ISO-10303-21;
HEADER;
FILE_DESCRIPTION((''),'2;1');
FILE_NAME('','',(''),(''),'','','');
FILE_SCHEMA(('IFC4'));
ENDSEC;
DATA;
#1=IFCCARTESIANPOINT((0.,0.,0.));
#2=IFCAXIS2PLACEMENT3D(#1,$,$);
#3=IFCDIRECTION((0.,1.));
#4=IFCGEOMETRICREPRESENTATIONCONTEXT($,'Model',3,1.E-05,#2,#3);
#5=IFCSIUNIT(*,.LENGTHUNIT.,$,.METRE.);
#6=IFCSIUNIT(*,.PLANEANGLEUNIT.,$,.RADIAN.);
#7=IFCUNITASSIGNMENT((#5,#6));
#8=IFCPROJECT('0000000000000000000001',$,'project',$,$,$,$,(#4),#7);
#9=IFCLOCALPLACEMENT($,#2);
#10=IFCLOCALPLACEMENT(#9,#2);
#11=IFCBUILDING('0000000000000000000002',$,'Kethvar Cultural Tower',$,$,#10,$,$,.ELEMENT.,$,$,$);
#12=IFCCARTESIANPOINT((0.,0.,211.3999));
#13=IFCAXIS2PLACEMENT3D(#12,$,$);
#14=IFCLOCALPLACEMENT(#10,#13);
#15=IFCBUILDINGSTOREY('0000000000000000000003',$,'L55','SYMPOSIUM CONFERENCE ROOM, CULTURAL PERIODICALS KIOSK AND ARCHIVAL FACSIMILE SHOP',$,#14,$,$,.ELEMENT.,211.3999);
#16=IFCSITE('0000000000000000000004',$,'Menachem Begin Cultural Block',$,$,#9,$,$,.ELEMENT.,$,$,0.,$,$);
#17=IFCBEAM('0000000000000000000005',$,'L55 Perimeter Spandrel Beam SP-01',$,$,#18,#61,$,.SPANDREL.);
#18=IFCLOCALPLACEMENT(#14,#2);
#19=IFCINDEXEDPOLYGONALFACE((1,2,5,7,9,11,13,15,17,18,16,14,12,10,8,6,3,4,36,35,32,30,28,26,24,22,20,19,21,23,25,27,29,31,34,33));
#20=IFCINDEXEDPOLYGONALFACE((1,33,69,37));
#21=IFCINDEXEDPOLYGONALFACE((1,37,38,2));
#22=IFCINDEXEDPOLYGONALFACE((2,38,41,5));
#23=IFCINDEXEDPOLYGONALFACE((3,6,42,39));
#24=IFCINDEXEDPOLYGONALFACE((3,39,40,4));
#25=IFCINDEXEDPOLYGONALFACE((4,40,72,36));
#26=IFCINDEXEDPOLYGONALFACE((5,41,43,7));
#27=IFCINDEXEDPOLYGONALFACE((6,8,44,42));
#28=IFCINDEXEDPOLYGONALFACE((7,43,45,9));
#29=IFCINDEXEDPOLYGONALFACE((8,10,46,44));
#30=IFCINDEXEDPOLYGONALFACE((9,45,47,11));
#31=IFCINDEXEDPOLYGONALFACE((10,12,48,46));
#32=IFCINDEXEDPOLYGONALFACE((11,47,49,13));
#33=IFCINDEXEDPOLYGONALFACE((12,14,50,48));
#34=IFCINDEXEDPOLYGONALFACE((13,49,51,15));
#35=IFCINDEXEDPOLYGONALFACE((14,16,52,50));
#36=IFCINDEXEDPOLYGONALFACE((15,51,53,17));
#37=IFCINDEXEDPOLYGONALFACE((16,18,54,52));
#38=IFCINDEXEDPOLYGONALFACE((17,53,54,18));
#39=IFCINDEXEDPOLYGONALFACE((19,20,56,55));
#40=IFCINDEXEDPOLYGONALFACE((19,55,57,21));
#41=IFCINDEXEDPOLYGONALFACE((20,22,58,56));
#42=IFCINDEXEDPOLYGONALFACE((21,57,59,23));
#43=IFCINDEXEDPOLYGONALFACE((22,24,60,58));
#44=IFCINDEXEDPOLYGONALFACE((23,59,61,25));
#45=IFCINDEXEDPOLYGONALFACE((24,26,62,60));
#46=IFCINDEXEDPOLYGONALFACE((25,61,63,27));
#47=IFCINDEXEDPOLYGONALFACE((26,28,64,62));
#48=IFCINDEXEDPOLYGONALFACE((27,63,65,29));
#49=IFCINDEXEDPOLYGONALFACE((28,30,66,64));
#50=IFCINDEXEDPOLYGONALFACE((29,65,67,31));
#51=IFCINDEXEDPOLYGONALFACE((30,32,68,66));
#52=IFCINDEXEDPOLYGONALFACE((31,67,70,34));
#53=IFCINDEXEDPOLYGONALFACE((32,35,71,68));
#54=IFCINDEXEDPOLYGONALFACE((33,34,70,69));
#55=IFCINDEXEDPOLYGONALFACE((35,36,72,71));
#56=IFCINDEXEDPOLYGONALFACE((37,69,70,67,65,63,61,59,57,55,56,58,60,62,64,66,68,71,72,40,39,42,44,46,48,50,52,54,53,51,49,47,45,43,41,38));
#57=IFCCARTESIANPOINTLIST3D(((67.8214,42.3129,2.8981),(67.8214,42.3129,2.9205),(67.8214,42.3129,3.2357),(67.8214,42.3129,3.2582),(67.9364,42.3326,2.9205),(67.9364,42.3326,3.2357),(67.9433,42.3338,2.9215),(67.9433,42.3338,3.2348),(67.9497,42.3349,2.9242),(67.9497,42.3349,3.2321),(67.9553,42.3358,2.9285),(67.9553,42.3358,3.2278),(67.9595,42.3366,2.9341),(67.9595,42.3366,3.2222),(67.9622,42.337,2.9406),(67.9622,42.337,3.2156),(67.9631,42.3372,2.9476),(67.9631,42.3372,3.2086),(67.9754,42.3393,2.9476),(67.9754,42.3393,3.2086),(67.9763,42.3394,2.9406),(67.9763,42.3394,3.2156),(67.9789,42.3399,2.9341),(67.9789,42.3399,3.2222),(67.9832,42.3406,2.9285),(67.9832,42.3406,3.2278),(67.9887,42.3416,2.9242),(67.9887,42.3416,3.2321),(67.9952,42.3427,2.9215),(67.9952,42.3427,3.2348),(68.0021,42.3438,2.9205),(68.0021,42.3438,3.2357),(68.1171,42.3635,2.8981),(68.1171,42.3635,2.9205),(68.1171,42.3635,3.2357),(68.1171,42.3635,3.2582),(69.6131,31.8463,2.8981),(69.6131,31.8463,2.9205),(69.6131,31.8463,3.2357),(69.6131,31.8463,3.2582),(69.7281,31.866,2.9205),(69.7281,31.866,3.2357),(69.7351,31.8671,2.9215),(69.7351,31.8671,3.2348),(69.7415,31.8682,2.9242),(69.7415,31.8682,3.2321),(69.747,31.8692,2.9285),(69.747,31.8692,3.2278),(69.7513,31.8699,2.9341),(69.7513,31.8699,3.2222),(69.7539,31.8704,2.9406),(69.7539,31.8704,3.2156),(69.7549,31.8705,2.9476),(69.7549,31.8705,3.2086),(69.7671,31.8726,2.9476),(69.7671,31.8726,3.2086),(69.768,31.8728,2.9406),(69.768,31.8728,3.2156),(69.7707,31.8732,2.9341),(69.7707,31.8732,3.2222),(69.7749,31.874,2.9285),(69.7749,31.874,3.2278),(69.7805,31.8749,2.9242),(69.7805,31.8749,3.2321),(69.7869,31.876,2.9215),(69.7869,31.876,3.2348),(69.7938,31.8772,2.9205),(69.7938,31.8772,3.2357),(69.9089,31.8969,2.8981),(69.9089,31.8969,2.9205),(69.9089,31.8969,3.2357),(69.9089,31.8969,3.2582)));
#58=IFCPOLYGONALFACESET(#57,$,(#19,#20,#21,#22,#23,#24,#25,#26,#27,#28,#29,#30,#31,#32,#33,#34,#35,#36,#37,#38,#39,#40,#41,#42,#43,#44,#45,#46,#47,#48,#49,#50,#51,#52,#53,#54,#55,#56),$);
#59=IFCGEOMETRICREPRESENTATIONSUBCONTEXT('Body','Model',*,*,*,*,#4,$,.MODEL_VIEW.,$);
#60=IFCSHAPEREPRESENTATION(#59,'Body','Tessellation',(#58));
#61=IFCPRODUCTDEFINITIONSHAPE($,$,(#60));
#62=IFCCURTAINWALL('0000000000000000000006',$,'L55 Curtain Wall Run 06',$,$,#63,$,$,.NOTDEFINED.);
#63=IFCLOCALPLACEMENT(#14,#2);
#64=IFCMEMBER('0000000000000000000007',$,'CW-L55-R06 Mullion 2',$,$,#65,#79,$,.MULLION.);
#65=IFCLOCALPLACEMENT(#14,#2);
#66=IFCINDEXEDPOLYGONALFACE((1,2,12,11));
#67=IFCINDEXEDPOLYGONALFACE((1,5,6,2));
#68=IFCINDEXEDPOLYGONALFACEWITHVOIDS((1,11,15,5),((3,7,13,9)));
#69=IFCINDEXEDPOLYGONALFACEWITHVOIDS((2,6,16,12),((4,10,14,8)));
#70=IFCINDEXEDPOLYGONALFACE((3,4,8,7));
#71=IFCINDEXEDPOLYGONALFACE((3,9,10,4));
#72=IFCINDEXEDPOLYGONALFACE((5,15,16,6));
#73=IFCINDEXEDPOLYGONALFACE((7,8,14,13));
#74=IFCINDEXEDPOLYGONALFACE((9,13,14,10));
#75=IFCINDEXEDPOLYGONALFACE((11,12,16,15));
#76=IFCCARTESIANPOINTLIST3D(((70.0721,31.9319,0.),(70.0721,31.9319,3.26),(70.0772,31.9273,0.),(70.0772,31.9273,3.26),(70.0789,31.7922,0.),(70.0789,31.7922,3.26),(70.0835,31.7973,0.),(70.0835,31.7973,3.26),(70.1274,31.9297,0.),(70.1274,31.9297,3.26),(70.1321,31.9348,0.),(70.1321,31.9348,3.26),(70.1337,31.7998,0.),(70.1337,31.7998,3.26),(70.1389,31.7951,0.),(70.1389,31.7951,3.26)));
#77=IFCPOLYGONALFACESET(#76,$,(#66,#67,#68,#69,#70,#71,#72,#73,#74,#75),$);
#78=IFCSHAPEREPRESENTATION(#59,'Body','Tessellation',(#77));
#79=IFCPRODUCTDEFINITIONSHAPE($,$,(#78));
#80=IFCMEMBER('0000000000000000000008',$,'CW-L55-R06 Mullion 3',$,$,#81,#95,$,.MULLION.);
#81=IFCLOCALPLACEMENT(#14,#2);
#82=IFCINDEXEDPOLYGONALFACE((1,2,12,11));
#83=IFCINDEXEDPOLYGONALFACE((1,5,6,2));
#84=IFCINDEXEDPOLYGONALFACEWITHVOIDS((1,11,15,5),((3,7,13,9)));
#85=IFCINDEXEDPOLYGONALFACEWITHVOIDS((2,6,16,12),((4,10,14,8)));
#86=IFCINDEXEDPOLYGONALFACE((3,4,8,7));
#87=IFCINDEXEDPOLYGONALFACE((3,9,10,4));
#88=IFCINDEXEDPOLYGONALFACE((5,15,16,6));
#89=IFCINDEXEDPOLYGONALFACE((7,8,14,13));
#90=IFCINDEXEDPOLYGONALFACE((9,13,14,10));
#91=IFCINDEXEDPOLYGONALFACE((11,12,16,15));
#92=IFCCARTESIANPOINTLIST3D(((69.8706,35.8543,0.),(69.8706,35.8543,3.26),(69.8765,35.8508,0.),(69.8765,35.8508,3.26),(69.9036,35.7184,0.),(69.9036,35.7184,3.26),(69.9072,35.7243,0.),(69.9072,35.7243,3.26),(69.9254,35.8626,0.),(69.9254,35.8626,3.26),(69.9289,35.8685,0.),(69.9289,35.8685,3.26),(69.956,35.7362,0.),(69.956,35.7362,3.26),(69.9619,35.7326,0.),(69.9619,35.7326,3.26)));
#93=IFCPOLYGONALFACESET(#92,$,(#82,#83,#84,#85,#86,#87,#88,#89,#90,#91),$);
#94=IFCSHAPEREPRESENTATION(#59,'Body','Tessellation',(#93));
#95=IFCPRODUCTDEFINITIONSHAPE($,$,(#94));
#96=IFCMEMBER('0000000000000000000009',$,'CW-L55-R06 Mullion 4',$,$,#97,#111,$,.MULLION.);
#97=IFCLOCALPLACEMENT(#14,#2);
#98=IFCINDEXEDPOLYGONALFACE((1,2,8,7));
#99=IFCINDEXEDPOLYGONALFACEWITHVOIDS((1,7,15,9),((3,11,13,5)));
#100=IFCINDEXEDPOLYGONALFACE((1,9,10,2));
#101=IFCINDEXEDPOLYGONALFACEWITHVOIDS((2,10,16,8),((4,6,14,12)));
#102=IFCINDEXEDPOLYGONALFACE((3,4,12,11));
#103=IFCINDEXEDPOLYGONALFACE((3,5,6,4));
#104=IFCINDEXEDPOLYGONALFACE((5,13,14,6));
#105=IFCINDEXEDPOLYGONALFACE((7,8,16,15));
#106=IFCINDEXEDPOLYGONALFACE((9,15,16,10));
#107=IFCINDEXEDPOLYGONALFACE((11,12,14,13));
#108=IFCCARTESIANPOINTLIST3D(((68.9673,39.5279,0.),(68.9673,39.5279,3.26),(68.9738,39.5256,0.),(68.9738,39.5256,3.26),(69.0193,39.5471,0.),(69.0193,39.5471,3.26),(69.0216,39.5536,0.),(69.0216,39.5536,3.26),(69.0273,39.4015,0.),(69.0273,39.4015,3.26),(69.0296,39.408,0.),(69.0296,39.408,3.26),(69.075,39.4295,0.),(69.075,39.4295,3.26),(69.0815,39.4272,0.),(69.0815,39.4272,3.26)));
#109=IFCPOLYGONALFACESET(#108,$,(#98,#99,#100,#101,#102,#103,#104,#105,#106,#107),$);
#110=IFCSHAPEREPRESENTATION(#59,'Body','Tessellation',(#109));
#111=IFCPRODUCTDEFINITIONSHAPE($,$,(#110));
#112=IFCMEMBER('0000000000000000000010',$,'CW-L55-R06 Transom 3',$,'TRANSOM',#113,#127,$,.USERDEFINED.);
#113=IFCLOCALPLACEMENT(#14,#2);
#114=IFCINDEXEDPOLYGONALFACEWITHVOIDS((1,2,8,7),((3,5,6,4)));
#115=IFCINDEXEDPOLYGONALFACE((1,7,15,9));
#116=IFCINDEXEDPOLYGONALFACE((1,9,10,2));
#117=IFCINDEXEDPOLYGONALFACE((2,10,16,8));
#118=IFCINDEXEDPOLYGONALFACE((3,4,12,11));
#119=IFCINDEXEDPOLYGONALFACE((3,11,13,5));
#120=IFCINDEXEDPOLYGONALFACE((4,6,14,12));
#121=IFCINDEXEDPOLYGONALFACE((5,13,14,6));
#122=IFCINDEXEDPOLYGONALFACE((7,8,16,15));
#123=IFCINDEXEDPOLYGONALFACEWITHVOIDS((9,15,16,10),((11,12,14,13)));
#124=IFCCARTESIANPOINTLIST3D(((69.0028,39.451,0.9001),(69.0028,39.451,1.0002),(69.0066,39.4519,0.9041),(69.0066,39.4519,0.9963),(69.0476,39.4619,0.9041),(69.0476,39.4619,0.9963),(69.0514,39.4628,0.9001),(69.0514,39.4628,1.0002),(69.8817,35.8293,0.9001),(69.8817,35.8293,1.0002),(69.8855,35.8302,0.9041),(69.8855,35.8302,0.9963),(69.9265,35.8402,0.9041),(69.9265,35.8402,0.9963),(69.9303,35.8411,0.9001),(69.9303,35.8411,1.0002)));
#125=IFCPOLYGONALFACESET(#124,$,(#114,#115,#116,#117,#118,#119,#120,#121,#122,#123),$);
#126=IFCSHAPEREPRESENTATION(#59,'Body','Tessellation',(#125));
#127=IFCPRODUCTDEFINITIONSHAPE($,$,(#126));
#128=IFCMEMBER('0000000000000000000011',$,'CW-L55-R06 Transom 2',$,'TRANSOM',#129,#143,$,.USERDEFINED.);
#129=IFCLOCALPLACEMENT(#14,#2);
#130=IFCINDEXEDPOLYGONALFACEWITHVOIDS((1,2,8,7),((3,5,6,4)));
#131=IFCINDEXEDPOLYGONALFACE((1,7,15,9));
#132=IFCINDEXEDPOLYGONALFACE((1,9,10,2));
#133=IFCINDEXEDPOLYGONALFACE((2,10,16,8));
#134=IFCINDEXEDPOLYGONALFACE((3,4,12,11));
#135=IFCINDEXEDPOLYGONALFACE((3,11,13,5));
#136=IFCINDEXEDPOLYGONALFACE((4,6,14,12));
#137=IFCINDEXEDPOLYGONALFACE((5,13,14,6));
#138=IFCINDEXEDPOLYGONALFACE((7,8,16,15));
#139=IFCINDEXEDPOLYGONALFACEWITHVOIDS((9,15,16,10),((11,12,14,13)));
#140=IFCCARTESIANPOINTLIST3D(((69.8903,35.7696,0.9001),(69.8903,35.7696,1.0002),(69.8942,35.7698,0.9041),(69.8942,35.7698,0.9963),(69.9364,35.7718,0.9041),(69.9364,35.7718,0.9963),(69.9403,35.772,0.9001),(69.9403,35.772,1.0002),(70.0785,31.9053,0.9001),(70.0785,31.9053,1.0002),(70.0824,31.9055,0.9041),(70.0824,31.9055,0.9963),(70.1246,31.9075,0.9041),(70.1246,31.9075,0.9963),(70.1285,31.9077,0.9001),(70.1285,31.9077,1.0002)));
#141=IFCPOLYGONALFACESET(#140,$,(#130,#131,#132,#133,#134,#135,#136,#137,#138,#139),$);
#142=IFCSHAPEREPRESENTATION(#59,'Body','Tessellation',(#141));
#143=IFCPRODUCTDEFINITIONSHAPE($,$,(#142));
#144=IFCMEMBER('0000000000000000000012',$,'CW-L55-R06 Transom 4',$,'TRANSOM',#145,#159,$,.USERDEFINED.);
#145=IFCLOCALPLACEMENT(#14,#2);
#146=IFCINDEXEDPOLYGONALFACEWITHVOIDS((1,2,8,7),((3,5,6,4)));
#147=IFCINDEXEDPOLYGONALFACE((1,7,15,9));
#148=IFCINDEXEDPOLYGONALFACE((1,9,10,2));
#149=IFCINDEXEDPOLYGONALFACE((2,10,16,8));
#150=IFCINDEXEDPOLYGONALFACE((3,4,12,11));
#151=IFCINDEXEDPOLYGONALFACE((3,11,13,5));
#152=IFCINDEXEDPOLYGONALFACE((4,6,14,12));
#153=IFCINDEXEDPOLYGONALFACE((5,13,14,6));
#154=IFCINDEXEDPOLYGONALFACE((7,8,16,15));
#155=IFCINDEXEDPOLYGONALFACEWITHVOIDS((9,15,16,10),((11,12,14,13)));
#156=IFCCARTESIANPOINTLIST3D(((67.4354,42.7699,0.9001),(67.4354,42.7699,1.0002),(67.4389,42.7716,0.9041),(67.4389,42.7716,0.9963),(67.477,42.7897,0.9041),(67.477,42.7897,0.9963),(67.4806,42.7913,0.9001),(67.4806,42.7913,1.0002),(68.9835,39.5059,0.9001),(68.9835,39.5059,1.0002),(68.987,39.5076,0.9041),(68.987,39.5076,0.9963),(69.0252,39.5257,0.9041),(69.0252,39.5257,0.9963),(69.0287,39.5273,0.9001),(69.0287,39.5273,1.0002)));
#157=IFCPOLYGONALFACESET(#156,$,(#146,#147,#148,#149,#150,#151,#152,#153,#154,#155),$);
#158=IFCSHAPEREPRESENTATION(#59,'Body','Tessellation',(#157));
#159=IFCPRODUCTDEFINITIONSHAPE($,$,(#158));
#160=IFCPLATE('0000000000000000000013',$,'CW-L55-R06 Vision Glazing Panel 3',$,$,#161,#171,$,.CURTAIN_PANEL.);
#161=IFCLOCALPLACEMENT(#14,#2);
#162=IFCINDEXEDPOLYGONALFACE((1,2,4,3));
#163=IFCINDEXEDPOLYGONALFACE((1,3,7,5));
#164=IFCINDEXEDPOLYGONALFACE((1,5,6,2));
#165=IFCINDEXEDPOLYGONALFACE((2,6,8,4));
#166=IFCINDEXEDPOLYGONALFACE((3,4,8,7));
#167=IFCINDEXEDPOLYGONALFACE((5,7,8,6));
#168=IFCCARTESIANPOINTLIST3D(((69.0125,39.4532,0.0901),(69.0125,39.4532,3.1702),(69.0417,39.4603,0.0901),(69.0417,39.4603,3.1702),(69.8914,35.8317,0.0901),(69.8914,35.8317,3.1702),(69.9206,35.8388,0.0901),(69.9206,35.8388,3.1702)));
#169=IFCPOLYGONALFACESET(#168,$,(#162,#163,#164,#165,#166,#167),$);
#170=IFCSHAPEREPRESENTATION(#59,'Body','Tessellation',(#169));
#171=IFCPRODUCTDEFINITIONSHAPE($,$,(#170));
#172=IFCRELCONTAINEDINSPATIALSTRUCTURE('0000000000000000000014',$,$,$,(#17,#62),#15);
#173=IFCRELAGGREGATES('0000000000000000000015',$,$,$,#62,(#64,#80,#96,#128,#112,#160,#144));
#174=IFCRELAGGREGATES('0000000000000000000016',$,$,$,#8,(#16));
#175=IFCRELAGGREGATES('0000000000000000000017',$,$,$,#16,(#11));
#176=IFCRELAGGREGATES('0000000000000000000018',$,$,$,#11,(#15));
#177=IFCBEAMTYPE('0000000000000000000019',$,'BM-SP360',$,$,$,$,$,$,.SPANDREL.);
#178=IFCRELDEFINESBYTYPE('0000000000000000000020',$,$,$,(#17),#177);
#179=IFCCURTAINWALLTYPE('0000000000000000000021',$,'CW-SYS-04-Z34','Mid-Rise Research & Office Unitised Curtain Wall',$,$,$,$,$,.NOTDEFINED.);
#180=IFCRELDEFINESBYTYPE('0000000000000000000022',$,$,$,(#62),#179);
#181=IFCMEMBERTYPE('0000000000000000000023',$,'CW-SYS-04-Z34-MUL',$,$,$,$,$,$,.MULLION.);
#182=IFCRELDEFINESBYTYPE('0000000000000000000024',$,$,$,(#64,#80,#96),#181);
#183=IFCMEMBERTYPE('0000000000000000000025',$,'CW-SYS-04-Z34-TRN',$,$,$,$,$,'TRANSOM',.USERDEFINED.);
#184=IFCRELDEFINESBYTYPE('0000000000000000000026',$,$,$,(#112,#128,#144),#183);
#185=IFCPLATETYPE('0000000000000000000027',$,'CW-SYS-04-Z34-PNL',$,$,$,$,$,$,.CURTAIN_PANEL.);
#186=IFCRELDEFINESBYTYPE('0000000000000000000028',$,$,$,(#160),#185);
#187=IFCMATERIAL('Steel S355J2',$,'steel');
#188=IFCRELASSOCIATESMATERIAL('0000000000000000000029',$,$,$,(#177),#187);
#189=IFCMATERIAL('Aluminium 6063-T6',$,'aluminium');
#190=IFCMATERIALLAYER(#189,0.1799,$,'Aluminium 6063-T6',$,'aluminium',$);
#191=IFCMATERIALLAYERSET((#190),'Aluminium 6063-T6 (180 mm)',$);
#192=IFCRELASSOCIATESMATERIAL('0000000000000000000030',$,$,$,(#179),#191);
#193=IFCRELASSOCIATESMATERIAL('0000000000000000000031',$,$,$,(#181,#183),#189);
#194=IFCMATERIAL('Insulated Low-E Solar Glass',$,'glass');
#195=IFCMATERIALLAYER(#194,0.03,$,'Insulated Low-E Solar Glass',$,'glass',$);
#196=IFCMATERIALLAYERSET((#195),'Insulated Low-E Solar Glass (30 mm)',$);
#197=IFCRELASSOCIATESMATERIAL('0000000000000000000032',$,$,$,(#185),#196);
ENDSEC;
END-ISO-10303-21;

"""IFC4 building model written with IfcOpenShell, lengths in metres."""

from ifc_helpers import new_model, si_unit, direction, frame, origin, origin_2d, place, context, subcontext, project, spatial, rectangle, hollow_rectangle, i_section, extrude, source, transform, mapped, material, layer, layer_set, material_profile, profile_set, type_object, element, aggregate, save


model = new_model("IFC4")

# Units and contexts
model_context = context("Model", 3, precision=1e-05, world=origin(), true_north=direction((0.0, 1.0)))
body_context = subcontext(model_context, "Body", "Model", "MODEL_VIEW")
ifc_project = project(units=[si_unit("LENGTHUNIT", "METRE"), si_unit("PLANEANGLEUNIT", "RADIAN")], contexts=[model_context])

# Site, building, storey
site_placement = place(None, origin())
site = spatial("IfcSite", under=ifc_project, at=site_placement, Name="Menachem Begin Cultural Block", CompositionType="ELEMENT", RefElevation=0.0)
building_placement = place(site_placement, origin())
building = spatial("IfcBuilding", under=site, at=building_placement, Name="Kethvar Cultural Tower", CompositionType="ELEMENT")
storey_placement = place(building_placement, frame((0.0, 0.0, 211.3999)))
storey = spatial("IfcBuildingStorey", under=building, at=storey_placement, Name="L55", Description="SYMPOSIUM CONFERENCE ROOM, CULTURAL PERIODICALS KIOSK AND ARCHIVAL FACSIMILE SHOP", CompositionType="ELEMENT", Elevation=211.3999)

# Beam
ifc_material_1 = material(Name="Steel S355J2", Category="steel")
ifc_material_profile_1 = material_profile(ifc_material_1, i_section(OverallWidth=0.3, OverallDepth=0.3601, WebThickness=0.0125, FlangeThickness=0.0225, FilletRadius=0.0271, at=origin_2d()), Name="Steel S355J2 — HEB360")
ifc_profile_set_1 = profile_set([ifc_material_profile_1], Name="Steel S355J2 — HEB360")
beam_type_1 = type_object("IfcBeamType", Name="BM-SP360", PredefinedType="SPANDREL", material=ifc_profile_set_1)
shared_shape_1 = source(origin(), body_context, "Body", "SweptSolid", [
    extrude(i_section(OverallWidth=0.3, OverallDepth=0.3601, WebThickness=0.0125, FlangeThickness=0.0225, FilletRadius=0.0271, at=origin_2d()), origin(), (0.0, 0.0, 1.0), 10.6189),
])
beam_1_placement = place(storey_placement, frame((69.761, 31.8716, 3.0781), z_axis=(-0.168733, 0.985662, 0.0), x_axis=(-0.985662, -0.168733, 0.0)))
element("IfcBeam", 1, at=beam_1_placement, inside=storey, type_object=beam_type_1, Name="L55 Perimeter Spandrel Beam SP-01", PredefinedType="SPANDREL", context=body_context, shape_type="MappedRepresentation", body=[
    mapped(shared_shape_1, transform((0.0, 0.0, 0.0), scale=1.0)),
])

# Curtain wall, members, plate
ifc_material_2 = material(Name="Aluminium 6063-T6", Category="aluminium")
ifc_layer_1 = layer(ifc_material_2, 0.1799, Name="Aluminium 6063-T6", Category="aluminium")
ifc_layer_set_1 = layer_set([ifc_layer_1], Name="Aluminium 6063-T6 (180 mm)")
curtain_wall_type = type_object("IfcCurtainWallType", Name="CW-SYS-04-Z34", Description="Mid-Rise Research & Office Unitised Curtain Wall", PredefinedType="NOTDEFINED", material=ifc_layer_set_1)
curtain_wall_placement = place(storey_placement, origin())
curtain_wall = element("IfcCurtainWall", 2, at=curtain_wall_placement, inside=storey, type_object=curtain_wall_type, Name="L55 Curtain Wall Run 06", PredefinedType="NOTDEFINED")
ifc_material_profile_2 = material_profile(ifc_material_2, hollow_rectangle(XDim=0.0601, YDim=0.1399, WallThickness=0.0049, at=origin_2d()), Name="Aluminium 6063-T6 — RHS140x60x5")
ifc_profile_set_2 = profile_set([ifc_material_profile_2], Name="Aluminium 6063-T6 — RHS140x60x5")
member_type_1 = type_object("IfcMemberType", Name="CW-SYS-04-Z34-MUL", PredefinedType="MULLION", material=ifc_profile_set_2)
shared_shape_2 = source(origin(), body_context, "Body", "SweptSolid", [
    extrude(hollow_rectangle(XDim=0.0601, YDim=0.1399, WallThickness=0.0049, at=origin_2d()), origin(), (0.0, 0.0, 1.0), 3.26),
])
member_1_placement = place(storey_placement, frame((70.1055, 31.8635, 0.0), z_axis=(0.0, 0.0, 1.0), x_axis=(-0.998819, -0.048588, 0.0)))
member_1 = element("IfcMember", 3, at=member_1_placement, type_object=member_type_1, Name="CW-L55-R06 Mullion 2", PredefinedType="MULLION", context=body_context, shape_type="MappedRepresentation", body=[
    mapped(shared_shape_2, transform((0.0, 0.0, 0.0), scale=1.0)),
])
member_2_placement = place(storey_placement, frame((69.9163, 35.7935, 0.0), z_axis=(0.0, 0.0, 1.0), x_axis=(-0.971788, -0.235855, 0.0)))
member_2 = element("IfcMember", 4, at=member_2_placement, type_object=member_type_1, Name="CW-L55-R06 Mullion 3", PredefinedType="MULLION", context=body_context, shape_type="MappedRepresentation", body=[
    mapped(shared_shape_2, transform((0.0, 0.0, 0.0), scale=1.0)),
])
member_3_placement = place(storey_placement, frame((69.0244, 39.4775, 0.0), z_axis=(0.0, 0.0, 1.0), x_axis=(-0.903537, -0.428509, 0.0)))
member_3 = element("IfcMember", 5, at=member_3_placement, type_object=member_type_1, Name="CW-L55-R06 Mullion 4", PredefinedType="MULLION", context=body_context, shape_type="MappedRepresentation", body=[
    mapped(shared_shape_2, transform((0.0, 0.0, 0.0), scale=1.0)),
])
ifc_material_profile_3 = material_profile(ifc_material_2, hollow_rectangle(XDim=0.05, YDim=0.1001, WallThickness=0.0039, at=origin_2d()), Name="Aluminium 6063-T6 — RHS100x50x4")
ifc_profile_set_3 = profile_set([ifc_material_profile_3], Name="Aluminium 6063-T6 — RHS100x50x4")
member_type_2 = type_object("IfcMemberType", Name="CW-SYS-04-Z34-TRN", ElementType="TRANSOM", PredefinedType="USERDEFINED", material=ifc_profile_set_3)
shared_shape_3 = source(origin(), body_context, "Body", "SweptSolid", [
    extrude(hollow_rectangle(XDim=0.05, YDim=0.1001, WallThickness=0.0039, at=origin_2d()), origin(), (0.0, 0.0, 1.0), 3.7268),
])
member_4_placement = place(storey_placement, frame((69.906, 35.8352, 0.9502), z_axis=(-0.23584, 0.971792, 0.0), x_axis=(-0.971792, -0.23584, 0.0)))
member_4 = element("IfcMember", 6, at=member_4_placement, type_object=member_type_2, Name="CW-L55-R06 Transom 3", ObjectType="TRANSOM", PredefinedType="USERDEFINED", context=body_context, shape_type="MappedRepresentation", body=[
    mapped(shared_shape_3, transform((0.0, 0.0, 0.0), scale=1.0)),
])
shared_shape_4 = source(origin(), body_context, "Body", "SweptSolid", [
    extrude(hollow_rectangle(XDim=0.05, YDim=0.1001, WallThickness=0.0039, at=origin_2d()), origin(), (0.0, 0.0, 1.0), 3.8689),
])
member_5_placement = place(storey_placement, frame((70.1035, 31.9065, 0.9502), z_axis=(-0.048653, 0.998816, 0.0), x_axis=(-0.998816, -0.048653, 0.0)))
member_5 = element("IfcMember", 7, at=member_5_placement, type_object=member_type_2, Name="CW-L55-R06 Transom 2", ObjectType="TRANSOM", PredefinedType="USERDEFINED", context=body_context, shape_type="MappedRepresentation", body=[
    mapped(shared_shape_4, transform((0.0, 0.0, 0.0), scale=1.0)),
])
shared_shape_5 = source(origin(), body_context, "Body", "SweptSolid", [
    extrude(hollow_rectangle(XDim=0.05, YDim=0.1001, WallThickness=0.0039, at=origin_2d()), origin(), (0.0, 0.0, 1.0), 3.6125),
])
member_6_placement = place(storey_placement, frame((69.0061, 39.5166, 0.9502), z_axis=(-0.428545, 0.90352, 0.0), x_axis=(-0.90352, -0.428545, 0.0)))
member_6 = element("IfcMember", 8, at=member_6_placement, type_object=member_type_2, Name="CW-L55-R06 Transom 4", ObjectType="TRANSOM", PredefinedType="USERDEFINED", context=body_context, shape_type="MappedRepresentation", body=[
    mapped(shared_shape_5, transform((0.0, 0.0, 0.0), scale=1.0)),
])
ifc_material_3 = material(Name="Insulated Low-E Solar Glass", Category="glass")
ifc_layer_2 = layer(ifc_material_3, 0.03, Name="Insulated Low-E Solar Glass", Category="glass")
ifc_layer_set_2 = layer_set([ifc_layer_2], Name="Insulated Low-E Solar Glass (30 mm)")
plate_type = type_object("IfcPlateType", Name="CW-SYS-04-Z34-PNL", PredefinedType="CURTAIN_PANEL", material=ifc_layer_set_2)
shared_shape_6 = source(origin(), body_context, "Body", "SweptSolid", [
    extrude(rectangle(XDim=3.7266, YDim=0.03, at=origin_2d()), origin(), (0.0, 0.0, 1.0), 3.0801),
])
plate_1_placement = place(storey_placement, frame((69.4666, 37.646, 0.0901), z_axis=(0.0, 0.0, 1.0), x_axis=(-0.235855, 0.971788, 0.0)))
plate_1 = element("IfcPlate", 9, at=plate_1_placement, type_object=plate_type, Name="CW-L55-R06 Vision Glazing Panel 3", PredefinedType="CURTAIN_PANEL", context=body_context, shape_type="MappedRepresentation", body=[
    mapped(shared_shape_6, transform((0.0, 0.0, 0.0), scale=1.0)),
])
aggregate(curtain_wall, [member_1, member_2, member_3, member_5, member_4, plate_1, member_6])

save(model, "model.ifc")
